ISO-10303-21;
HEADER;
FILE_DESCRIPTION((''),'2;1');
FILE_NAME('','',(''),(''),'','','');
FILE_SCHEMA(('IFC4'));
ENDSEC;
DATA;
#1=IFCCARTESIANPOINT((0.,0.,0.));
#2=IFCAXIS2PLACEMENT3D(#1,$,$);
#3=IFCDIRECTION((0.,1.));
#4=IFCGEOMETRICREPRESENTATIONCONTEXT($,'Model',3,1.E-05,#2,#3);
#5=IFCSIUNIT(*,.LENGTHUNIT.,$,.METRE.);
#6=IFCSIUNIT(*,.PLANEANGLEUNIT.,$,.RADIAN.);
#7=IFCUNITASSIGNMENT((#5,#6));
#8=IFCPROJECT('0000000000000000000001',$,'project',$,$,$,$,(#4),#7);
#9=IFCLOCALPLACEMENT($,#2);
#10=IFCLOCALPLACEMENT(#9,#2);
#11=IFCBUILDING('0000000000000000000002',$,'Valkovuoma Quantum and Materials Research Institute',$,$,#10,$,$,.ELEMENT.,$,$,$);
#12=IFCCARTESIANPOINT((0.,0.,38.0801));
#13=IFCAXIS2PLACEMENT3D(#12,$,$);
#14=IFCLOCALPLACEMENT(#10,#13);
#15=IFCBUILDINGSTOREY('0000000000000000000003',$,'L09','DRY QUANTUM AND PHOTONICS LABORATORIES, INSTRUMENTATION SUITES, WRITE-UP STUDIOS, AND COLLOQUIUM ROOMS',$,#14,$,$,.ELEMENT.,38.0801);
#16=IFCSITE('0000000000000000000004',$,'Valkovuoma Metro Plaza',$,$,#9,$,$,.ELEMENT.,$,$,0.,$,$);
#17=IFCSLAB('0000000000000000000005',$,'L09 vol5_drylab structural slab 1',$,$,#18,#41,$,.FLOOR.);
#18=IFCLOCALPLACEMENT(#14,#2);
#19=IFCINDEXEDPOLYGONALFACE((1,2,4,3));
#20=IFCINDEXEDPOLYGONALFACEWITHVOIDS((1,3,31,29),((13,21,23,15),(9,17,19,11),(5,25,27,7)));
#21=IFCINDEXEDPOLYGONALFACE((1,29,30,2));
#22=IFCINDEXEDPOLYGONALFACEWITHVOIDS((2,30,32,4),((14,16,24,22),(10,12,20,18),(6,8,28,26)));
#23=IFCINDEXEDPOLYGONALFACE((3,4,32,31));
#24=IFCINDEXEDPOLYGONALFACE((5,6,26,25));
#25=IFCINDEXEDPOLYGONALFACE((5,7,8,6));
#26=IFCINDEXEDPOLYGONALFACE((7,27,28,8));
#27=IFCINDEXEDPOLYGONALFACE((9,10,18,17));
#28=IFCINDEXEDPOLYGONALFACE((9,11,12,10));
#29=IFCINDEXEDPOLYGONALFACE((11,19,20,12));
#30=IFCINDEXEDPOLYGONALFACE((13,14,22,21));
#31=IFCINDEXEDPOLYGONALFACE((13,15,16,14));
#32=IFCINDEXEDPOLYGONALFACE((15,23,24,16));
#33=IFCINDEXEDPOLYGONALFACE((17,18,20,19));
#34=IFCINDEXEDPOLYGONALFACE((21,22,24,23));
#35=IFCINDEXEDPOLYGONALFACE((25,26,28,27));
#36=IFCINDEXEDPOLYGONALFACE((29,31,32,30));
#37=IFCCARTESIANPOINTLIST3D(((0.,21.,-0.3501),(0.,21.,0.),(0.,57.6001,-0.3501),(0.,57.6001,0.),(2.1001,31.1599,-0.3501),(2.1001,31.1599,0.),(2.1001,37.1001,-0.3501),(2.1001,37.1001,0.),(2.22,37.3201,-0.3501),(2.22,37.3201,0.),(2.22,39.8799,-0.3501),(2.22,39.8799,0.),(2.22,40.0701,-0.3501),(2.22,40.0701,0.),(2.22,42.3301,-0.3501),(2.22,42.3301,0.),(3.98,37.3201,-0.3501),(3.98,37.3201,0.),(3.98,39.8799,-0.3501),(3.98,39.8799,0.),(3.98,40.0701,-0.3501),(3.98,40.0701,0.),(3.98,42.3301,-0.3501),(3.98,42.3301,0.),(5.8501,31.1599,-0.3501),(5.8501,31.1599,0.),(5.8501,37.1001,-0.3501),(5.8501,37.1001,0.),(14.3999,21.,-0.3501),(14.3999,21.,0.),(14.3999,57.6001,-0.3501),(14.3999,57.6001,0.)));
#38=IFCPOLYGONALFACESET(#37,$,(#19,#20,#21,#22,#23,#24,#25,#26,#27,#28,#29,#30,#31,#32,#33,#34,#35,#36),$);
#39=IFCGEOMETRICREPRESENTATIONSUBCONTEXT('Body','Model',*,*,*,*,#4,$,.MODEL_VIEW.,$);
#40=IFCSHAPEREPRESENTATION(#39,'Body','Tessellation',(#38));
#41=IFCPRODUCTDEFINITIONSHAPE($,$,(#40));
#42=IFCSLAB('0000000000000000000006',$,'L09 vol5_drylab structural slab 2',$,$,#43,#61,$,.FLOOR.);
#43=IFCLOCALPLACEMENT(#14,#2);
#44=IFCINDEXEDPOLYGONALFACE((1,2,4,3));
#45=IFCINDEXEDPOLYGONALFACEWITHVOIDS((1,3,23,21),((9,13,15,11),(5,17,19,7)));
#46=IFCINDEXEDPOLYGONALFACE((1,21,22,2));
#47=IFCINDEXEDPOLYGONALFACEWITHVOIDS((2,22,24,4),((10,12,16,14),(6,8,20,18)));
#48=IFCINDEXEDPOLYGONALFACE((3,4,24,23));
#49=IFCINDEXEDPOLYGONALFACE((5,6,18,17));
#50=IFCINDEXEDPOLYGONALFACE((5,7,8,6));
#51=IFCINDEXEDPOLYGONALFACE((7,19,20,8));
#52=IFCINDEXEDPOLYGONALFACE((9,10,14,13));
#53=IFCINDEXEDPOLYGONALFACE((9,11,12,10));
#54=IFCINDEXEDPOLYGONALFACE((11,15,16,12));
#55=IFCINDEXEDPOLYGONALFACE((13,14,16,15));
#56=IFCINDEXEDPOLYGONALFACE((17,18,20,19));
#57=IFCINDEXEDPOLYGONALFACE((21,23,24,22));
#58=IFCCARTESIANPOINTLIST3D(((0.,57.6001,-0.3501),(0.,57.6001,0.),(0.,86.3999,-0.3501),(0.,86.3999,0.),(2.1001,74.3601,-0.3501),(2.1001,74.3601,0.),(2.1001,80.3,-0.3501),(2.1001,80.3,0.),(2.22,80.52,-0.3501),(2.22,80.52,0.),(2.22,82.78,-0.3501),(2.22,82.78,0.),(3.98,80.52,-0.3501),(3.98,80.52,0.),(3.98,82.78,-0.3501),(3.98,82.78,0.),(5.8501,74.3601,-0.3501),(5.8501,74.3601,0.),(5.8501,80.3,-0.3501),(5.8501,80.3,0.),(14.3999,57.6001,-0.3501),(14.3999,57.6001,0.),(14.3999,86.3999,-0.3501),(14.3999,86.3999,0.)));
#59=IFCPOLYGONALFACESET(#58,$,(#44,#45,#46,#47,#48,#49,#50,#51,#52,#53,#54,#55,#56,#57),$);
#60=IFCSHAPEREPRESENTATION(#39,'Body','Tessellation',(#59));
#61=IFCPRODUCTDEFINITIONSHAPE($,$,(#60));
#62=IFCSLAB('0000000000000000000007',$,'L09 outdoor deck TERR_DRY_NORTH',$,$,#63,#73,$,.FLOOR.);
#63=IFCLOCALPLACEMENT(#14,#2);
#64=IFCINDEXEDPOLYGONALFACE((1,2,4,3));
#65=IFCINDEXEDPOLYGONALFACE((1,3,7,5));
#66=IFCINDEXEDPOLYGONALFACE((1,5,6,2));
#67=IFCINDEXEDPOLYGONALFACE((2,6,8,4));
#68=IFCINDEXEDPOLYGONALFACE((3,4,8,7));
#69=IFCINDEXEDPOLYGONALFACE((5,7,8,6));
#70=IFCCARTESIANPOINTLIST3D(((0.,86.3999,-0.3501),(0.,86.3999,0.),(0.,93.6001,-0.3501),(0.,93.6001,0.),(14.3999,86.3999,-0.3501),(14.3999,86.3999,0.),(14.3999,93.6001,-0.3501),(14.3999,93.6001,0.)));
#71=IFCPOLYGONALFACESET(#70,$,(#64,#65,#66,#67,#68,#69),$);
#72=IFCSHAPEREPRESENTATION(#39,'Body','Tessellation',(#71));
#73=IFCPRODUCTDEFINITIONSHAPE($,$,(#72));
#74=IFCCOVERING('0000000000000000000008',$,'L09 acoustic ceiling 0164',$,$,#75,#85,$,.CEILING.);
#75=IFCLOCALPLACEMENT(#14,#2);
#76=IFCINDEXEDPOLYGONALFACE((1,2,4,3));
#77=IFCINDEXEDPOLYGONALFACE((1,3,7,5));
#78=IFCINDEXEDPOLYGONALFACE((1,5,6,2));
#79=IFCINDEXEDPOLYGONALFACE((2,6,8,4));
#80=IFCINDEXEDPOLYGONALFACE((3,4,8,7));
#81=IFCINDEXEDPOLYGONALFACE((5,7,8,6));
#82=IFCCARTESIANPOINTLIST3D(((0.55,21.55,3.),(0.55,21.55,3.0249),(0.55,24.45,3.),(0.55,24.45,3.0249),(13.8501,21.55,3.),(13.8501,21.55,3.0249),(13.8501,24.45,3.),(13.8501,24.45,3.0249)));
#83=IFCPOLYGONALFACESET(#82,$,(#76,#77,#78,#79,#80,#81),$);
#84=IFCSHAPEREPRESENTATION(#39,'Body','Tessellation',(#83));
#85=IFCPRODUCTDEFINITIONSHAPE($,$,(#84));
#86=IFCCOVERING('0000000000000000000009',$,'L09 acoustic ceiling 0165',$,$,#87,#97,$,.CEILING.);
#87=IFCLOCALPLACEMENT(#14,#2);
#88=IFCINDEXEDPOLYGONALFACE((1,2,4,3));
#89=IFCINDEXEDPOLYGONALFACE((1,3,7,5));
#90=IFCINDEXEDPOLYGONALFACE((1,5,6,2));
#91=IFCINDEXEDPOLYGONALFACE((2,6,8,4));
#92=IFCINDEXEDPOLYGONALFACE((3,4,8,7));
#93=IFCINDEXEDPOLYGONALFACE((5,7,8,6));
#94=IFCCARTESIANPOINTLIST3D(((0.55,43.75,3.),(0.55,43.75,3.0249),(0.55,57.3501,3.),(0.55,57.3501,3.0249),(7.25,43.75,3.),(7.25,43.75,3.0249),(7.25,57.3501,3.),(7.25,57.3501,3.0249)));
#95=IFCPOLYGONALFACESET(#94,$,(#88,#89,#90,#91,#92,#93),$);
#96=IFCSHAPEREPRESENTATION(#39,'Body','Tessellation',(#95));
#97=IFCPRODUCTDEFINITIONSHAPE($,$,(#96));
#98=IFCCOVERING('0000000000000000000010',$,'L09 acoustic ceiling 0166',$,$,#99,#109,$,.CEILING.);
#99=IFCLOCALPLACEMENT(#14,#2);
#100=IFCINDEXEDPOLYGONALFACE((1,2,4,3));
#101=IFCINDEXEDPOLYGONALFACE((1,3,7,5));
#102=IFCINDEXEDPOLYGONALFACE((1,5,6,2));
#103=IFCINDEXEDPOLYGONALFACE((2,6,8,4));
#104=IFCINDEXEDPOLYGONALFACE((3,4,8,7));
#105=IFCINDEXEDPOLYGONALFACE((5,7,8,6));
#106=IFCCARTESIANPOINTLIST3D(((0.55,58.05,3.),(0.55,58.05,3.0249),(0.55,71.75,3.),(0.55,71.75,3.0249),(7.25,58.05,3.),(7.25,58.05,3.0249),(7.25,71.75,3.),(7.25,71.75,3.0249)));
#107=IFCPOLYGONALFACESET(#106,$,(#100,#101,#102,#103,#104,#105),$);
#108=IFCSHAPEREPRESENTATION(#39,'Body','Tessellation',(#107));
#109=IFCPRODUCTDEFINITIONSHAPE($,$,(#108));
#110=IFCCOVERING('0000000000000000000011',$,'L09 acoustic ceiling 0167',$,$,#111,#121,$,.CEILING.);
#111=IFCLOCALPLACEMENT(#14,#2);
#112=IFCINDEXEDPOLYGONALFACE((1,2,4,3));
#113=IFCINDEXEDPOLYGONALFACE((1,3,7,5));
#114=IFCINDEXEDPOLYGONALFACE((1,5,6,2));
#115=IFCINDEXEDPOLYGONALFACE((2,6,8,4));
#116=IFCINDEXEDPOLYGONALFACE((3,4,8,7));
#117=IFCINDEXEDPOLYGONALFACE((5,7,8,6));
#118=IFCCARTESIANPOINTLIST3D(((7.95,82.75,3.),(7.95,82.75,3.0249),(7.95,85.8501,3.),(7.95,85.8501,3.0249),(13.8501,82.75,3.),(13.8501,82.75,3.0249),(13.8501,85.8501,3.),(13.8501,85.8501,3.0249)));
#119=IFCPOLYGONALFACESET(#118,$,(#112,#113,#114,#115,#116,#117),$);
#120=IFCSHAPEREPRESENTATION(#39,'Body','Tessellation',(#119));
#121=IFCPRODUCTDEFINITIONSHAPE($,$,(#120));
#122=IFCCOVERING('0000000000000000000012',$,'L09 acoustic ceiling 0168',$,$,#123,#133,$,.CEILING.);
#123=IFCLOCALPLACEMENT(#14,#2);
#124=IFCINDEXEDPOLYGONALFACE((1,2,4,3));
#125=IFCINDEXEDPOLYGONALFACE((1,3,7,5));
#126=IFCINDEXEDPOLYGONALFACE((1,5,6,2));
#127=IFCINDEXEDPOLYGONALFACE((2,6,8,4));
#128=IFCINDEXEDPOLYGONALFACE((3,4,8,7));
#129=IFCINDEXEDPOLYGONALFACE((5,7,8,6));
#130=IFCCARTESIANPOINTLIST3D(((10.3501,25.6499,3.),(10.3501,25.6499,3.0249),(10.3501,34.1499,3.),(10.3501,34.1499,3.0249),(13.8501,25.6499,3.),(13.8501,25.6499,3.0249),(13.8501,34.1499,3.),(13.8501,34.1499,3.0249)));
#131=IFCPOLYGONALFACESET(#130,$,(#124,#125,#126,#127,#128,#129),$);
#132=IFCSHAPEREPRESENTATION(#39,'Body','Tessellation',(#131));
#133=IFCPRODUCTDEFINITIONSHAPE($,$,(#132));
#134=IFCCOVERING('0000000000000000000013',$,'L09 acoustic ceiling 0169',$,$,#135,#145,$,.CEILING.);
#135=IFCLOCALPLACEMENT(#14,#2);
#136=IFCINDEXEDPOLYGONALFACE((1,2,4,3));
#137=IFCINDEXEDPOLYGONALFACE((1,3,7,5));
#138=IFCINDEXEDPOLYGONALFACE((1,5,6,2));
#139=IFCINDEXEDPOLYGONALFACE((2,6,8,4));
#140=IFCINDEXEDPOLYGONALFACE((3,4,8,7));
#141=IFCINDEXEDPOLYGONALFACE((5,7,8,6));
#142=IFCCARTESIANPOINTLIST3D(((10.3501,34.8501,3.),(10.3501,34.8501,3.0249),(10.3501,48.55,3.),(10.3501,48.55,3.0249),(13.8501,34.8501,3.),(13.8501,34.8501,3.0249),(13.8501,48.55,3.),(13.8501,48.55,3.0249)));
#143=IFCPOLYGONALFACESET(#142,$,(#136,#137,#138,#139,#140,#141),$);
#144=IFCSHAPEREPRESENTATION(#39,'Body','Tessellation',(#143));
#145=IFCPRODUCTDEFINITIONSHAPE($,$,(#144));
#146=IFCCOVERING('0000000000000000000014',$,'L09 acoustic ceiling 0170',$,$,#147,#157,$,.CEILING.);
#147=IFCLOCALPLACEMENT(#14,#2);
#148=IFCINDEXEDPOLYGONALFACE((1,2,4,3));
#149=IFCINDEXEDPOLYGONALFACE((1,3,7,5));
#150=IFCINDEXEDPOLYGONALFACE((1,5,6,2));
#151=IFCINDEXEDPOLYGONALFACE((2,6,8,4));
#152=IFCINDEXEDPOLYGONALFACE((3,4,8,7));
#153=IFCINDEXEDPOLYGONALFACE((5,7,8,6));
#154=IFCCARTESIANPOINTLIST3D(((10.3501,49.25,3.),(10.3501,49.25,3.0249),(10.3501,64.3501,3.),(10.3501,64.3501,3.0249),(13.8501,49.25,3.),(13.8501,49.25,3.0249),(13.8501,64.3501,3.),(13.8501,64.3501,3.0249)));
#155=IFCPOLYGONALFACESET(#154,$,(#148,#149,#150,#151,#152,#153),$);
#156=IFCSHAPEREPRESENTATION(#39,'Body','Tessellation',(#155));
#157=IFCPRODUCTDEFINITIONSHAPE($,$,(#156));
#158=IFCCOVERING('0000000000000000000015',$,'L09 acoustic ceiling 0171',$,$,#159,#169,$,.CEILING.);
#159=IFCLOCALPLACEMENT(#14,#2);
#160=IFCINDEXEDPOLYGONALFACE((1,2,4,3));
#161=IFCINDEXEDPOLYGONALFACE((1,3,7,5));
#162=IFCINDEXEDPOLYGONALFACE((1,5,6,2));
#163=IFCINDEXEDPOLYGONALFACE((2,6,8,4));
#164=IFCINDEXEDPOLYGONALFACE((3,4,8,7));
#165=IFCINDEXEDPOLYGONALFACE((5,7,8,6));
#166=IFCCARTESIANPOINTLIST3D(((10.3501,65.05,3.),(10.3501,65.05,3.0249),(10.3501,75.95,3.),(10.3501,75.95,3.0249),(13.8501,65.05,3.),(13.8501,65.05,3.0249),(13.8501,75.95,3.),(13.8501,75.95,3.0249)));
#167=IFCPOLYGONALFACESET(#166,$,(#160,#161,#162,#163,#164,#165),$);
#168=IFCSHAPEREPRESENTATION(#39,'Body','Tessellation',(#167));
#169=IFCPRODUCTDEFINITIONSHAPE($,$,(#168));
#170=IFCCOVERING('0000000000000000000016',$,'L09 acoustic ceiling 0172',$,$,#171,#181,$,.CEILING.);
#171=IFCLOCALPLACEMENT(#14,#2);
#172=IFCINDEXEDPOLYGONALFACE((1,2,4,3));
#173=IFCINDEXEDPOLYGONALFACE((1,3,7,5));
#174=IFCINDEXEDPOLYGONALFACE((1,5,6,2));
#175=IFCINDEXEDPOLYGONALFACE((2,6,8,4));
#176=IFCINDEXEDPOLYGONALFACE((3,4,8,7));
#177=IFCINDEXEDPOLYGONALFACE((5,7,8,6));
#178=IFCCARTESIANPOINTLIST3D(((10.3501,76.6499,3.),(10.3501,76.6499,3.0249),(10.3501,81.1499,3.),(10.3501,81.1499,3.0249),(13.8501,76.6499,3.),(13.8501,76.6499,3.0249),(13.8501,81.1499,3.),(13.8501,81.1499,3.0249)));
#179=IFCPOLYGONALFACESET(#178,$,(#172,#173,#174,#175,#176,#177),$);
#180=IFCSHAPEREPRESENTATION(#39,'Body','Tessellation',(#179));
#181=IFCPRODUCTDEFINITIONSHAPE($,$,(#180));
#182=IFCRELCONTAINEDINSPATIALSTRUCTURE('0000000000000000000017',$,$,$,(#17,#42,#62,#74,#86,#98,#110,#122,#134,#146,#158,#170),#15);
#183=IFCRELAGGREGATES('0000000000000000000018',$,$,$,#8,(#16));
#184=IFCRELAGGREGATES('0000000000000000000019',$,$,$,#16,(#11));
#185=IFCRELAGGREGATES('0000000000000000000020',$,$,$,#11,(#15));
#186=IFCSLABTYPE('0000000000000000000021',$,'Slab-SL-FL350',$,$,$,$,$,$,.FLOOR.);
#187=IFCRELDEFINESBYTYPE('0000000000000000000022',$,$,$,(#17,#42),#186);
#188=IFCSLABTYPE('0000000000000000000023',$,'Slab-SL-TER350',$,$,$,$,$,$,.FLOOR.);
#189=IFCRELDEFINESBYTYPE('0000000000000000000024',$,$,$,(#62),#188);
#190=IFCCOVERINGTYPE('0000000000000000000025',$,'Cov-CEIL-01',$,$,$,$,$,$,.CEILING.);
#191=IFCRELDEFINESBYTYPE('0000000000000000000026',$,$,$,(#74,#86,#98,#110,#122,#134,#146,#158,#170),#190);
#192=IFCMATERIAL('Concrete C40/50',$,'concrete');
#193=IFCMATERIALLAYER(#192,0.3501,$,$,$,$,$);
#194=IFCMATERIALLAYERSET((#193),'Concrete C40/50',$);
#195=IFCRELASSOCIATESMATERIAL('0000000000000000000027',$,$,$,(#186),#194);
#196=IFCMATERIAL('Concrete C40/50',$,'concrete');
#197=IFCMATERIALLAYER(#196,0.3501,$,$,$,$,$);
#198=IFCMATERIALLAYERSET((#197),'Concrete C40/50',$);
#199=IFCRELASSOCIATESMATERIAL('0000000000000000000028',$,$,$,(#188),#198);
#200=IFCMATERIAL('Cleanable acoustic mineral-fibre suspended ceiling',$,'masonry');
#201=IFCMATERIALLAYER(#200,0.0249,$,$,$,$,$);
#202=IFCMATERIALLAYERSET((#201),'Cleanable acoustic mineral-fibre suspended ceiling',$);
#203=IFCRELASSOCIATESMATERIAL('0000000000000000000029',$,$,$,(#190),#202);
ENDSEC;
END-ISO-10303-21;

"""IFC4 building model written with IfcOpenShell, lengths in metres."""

from ifc_helpers import new_model, si_unit, direction, frame, origin, place, context, subcontext, project, spatial, polyline, outline, extrude, material, layer, layer_set, type_object, element, save


model = new_model("IFC4")

# Units and contexts
model_context = context("Model", 3, precision=1e-05, world=origin(), true_north=direction((0.0, 1.0)))
body_context = subcontext(model_context, "Body", "Model", "MODEL_VIEW")
ifc_project = project(units=[si_unit("LENGTHUNIT", "METRE"), si_unit("PLANEANGLEUNIT", "RADIAN")], contexts=[model_context])

# Site, building, storey
site_placement = place(None, origin())
site = spatial("IfcSite", under=ifc_project, at=site_placement, Name="Valkovuoma Metro Plaza", CompositionType="ELEMENT", RefElevation=0.0)
building_placement = place(site_placement, origin())
building = spatial("IfcBuilding", under=site, at=building_placement, Name="Valkovuoma Quantum and Materials Research Institute", CompositionType="ELEMENT")
storey_placement = place(building_placement, frame((0.0, 0.0, 38.0801)))
storey = spatial("IfcBuildingStorey", under=building, at=storey_placement, Name="L09", Description="DRY QUANTUM AND PHOTONICS LABORATORIES, INSTRUMENTATION SUITES, WRITE-UP STUDIOS, AND COLLOQUIUM ROOMS", CompositionType="ELEMENT", Elevation=38.0801)

# Slabs
ifc_material_1 = material(Name="Concrete C40/50", Category="concrete")
ifc_layer_1 = layer(ifc_material_1, 0.3501)
ifc_layer_set_1 = layer_set([ifc_layer_1], Name="Concrete C40/50")
slab_type_1 = type_object("IfcSlabType", Name="Slab-SL-FL350", PredefinedType="FLOOR", material=ifc_layer_set_1)
slab_1_placement = place(storey_placement, frame((0.0, 0.0, -0.3501)))
element("IfcSlab", 1, at=slab_1_placement, inside=storey, type_object=slab_type_1, Name="L09 vol5_drylab structural slab 1", PredefinedType="FLOOR", context=body_context, shape_type="SweptSolid", body=[
    extrude(outline(polyline([(0.0, 21.0), (14.3999, 21.0), (14.3999, 57.6001), (0.0, 57.6001), (0.0, 21.0)]), holes=[polyline([(2.1001, 31.1599), (5.8501, 31.1599), (5.8501, 37.1001), (2.1001, 37.1001), (2.1001, 31.1599)]), polyline([(2.22, 37.3201), (3.98, 37.3201), (3.98, 39.8799), (2.22, 39.8799), (2.22, 37.3201)]), polyline([(2.22, 40.0701), (3.98, 40.0701), (3.98, 42.3301), (2.22, 42.3301), (2.22, 40.0701)])]), origin(), (0.0, 0.0, 1.0), 0.3501),
])
slab_2_placement = place(storey_placement, frame((0.0, 0.0, -0.3501)))
element("IfcSlab", 2, at=slab_2_placement, inside=storey, type_object=slab_type_1, Name="L09 vol5_drylab structural slab 2", PredefinedType="FLOOR", context=body_context, shape_type="SweptSolid", body=[
    extrude(outline(polyline([(0.0, 57.6001), (14.3999, 57.6001), (14.3999, 86.3999), (0.0, 86.3999), (0.0, 57.6001)]), holes=[polyline([(2.1001, 74.3601), (5.8501, 74.3601), (5.8501, 80.3), (2.1001, 80.3), (2.1001, 74.3601)]), polyline([(2.22, 80.52), (3.98, 80.52), (3.98, 82.78), (2.22, 82.78), (2.22, 80.52)])]), origin(), (0.0, 0.0, 1.0), 0.3501),
])
ifc_material_2 = material(Name="Concrete C40/50", Category="concrete")
ifc_layer_2 = layer(ifc_material_2, 0.3501)
ifc_layer_set_2 = layer_set([ifc_layer_2], Name="Concrete C40/50")
slab_type_2 = type_object("IfcSlabType", Name="Slab-SL-TER350", PredefinedType="FLOOR", material=ifc_layer_set_2)
slab_3_placement = place(storey_placement, frame((0.0, 0.0, -0.3501)))
element("IfcSlab", 3, at=slab_3_placement, inside=storey, type_object=slab_type_2, Name="L09 outdoor deck TERR_DRY_NORTH", PredefinedType="FLOOR", context=body_context, shape_type="SweptSolid", body=[
    extrude(outline(polyline([(0.0, 86.3999), (14.3999, 86.3999), (14.3999, 93.6001), (0.0, 93.6001), (0.0, 86.3999)])), origin(), (0.0, 0.0, 1.0), 0.3501),
])

# Coverings
ifc_material_3 = material(Name="Cleanable acoustic mineral-fibre suspended ceiling", Category="masonry")
ifc_layer_3 = layer(ifc_material_3, 0.0249)
ifc_layer_set_3 = layer_set([ifc_layer_3], Name="Cleanable acoustic mineral-fibre suspended ceiling")
covering_type_1 = type_object("IfcCoveringType", Name="Cov-CEIL-01", PredefinedType="CEILING", material=ifc_layer_set_3)
covering_1_placement = place(storey_placement, frame((0.0, 0.0, 3.0)))
element("IfcCovering", 4, at=covering_1_placement, inside=storey, type_object=covering_type_1, Name="L09 acoustic ceiling 0164", PredefinedType="CEILING", context=body_context, shape_type="SweptSolid", body=[
    extrude(outline(polyline([(0.55, 21.55), (13.8501, 21.55), (13.8501, 24.45), (0.55, 24.45), (0.55, 21.55)])), origin(), (0.0, 0.0, 1.0), 0.0249),
])
covering_2_placement = place(storey_placement, frame((0.0, 0.0, 3.0)))
element("IfcCovering", 5, at=covering_2_placement, inside=storey, type_object=covering_type_1, Name="L09 acoustic ceiling 0165", PredefinedType="CEILING", context=body_context, shape_type="SweptSolid", body=[
    extrude(outline(polyline([(0.55, 43.75), (7.25, 43.75), (7.25, 57.3501), (0.55, 57.3501), (0.55, 43.75)])), origin(), (0.0, 0.0, 1.0), 0.0249),
])
covering_3_placement = place(storey_placement, frame((0.0, 0.0, 3.0)))
element("IfcCovering", 6, at=covering_3_placement, inside=storey, type_object=covering_type_1, Name="L09 acoustic ceiling 0166", PredefinedType="CEILING", context=body_context, shape_type="SweptSolid", body=[
    extrude(outline(polyline([(0.55, 58.05), (7.25, 58.05), (7.25, 71.75), (0.55, 71.75), (0.55, 58.05)])), origin(), (0.0, 0.0, 1.0), 0.0249),
])
covering_4_placement = place(storey_placement, frame((0.0, 0.0, 3.0)))
element("IfcCovering", 7, at=covering_4_placement, inside=storey, type_object=covering_type_1, Name="L09 acoustic ceiling 0167", PredefinedType="CEILING", context=body_context, shape_type="SweptSolid", body=[
    extrude(outline(polyline([(7.95, 82.75), (13.8501, 82.75), (13.8501, 85.8501), (7.95, 85.8501), (7.95, 82.75)])), origin(), (0.0, 0.0, 1.0), 0.0249),
])
covering_5_placement = place(storey_placement, frame((0.0, 0.0, 3.0)))
element("IfcCovering", 8, at=covering_5_placement, inside=storey, type_object=covering_type_1, Name="L09 acoustic ceiling 0168", PredefinedType="CEILING", context=body_context, shape_type="SweptSolid", body=[
    extrude(outline(polyline([(10.3501, 25.6499), (13.8501, 25.6499), (13.8501, 34.1499), (10.3501, 34.1499), (10.3501, 25.6499)])), origin(), (0.0, 0.0, 1.0), 0.0249),
])
covering_6_placement = place(storey_placement, frame((0.0, 0.0, 3.0)))
element("IfcCovering", 9, at=covering_6_placement, inside=storey, type_object=covering_type_1, Name="L09 acoustic ceiling 0169", PredefinedType="CEILING", context=body_context, shape_type="SweptSolid", body=[
    extrude(outline(polyline([(10.3501, 34.8501), (13.8501, 34.8501), (13.8501, 48.55), (10.3501, 48.55), (10.3501, 34.8501)])), origin(), (0.0, 0.0, 1.0), 0.0249),
])
covering_7_placement = place(storey_placement, frame((0.0, 0.0, 3.0)))
element("IfcCovering", 10, at=covering_7_placement, inside=storey, type_object=covering_type_1, Name="L09 acoustic ceiling 0170", PredefinedType="CEILING", context=body_context, shape_type="SweptSolid", body=[
    extrude(outline(polyline([(10.3501, 49.25), (13.8501, 49.25), (13.8501, 64.3501), (10.3501, 64.3501), (10.3501, 49.25)])), origin(), (0.0, 0.0, 1.0), 0.0249),
])
covering_8_placement = place(storey_placement, frame((0.0, 0.0, 3.0)))
element("IfcCovering", 11, at=covering_8_placement, inside=storey, type_object=covering_type_1, Name="L09 acoustic ceiling 0171", PredefinedType="CEILING", context=body_context, shape_type="SweptSolid", body=[
    extrude(outline(polyline([(10.3501, 65.05), (13.8501, 65.05), (13.8501, 75.95), (10.3501, 75.95), (10.3501, 65.05)])), origin(), (0.0, 0.0, 1.0), 0.0249),
])
covering_9_placement = place(storey_placement, frame((0.0, 0.0, 3.0)))
element("IfcCovering", 12, at=covering_9_placement, inside=storey, type_object=covering_type_1, Name="L09 acoustic ceiling 0172", PredefinedType="CEILING", context=body_context, shape_type="SweptSolid", body=[
    extrude(outline(polyline([(10.3501, 76.6499), (13.8501, 76.6499), (13.8501, 81.1499), (10.3501, 81.1499), (10.3501, 76.6499)])), origin(), (0.0, 0.0, 1.0), 0.0249),
])

save(model, "model.ifc")
